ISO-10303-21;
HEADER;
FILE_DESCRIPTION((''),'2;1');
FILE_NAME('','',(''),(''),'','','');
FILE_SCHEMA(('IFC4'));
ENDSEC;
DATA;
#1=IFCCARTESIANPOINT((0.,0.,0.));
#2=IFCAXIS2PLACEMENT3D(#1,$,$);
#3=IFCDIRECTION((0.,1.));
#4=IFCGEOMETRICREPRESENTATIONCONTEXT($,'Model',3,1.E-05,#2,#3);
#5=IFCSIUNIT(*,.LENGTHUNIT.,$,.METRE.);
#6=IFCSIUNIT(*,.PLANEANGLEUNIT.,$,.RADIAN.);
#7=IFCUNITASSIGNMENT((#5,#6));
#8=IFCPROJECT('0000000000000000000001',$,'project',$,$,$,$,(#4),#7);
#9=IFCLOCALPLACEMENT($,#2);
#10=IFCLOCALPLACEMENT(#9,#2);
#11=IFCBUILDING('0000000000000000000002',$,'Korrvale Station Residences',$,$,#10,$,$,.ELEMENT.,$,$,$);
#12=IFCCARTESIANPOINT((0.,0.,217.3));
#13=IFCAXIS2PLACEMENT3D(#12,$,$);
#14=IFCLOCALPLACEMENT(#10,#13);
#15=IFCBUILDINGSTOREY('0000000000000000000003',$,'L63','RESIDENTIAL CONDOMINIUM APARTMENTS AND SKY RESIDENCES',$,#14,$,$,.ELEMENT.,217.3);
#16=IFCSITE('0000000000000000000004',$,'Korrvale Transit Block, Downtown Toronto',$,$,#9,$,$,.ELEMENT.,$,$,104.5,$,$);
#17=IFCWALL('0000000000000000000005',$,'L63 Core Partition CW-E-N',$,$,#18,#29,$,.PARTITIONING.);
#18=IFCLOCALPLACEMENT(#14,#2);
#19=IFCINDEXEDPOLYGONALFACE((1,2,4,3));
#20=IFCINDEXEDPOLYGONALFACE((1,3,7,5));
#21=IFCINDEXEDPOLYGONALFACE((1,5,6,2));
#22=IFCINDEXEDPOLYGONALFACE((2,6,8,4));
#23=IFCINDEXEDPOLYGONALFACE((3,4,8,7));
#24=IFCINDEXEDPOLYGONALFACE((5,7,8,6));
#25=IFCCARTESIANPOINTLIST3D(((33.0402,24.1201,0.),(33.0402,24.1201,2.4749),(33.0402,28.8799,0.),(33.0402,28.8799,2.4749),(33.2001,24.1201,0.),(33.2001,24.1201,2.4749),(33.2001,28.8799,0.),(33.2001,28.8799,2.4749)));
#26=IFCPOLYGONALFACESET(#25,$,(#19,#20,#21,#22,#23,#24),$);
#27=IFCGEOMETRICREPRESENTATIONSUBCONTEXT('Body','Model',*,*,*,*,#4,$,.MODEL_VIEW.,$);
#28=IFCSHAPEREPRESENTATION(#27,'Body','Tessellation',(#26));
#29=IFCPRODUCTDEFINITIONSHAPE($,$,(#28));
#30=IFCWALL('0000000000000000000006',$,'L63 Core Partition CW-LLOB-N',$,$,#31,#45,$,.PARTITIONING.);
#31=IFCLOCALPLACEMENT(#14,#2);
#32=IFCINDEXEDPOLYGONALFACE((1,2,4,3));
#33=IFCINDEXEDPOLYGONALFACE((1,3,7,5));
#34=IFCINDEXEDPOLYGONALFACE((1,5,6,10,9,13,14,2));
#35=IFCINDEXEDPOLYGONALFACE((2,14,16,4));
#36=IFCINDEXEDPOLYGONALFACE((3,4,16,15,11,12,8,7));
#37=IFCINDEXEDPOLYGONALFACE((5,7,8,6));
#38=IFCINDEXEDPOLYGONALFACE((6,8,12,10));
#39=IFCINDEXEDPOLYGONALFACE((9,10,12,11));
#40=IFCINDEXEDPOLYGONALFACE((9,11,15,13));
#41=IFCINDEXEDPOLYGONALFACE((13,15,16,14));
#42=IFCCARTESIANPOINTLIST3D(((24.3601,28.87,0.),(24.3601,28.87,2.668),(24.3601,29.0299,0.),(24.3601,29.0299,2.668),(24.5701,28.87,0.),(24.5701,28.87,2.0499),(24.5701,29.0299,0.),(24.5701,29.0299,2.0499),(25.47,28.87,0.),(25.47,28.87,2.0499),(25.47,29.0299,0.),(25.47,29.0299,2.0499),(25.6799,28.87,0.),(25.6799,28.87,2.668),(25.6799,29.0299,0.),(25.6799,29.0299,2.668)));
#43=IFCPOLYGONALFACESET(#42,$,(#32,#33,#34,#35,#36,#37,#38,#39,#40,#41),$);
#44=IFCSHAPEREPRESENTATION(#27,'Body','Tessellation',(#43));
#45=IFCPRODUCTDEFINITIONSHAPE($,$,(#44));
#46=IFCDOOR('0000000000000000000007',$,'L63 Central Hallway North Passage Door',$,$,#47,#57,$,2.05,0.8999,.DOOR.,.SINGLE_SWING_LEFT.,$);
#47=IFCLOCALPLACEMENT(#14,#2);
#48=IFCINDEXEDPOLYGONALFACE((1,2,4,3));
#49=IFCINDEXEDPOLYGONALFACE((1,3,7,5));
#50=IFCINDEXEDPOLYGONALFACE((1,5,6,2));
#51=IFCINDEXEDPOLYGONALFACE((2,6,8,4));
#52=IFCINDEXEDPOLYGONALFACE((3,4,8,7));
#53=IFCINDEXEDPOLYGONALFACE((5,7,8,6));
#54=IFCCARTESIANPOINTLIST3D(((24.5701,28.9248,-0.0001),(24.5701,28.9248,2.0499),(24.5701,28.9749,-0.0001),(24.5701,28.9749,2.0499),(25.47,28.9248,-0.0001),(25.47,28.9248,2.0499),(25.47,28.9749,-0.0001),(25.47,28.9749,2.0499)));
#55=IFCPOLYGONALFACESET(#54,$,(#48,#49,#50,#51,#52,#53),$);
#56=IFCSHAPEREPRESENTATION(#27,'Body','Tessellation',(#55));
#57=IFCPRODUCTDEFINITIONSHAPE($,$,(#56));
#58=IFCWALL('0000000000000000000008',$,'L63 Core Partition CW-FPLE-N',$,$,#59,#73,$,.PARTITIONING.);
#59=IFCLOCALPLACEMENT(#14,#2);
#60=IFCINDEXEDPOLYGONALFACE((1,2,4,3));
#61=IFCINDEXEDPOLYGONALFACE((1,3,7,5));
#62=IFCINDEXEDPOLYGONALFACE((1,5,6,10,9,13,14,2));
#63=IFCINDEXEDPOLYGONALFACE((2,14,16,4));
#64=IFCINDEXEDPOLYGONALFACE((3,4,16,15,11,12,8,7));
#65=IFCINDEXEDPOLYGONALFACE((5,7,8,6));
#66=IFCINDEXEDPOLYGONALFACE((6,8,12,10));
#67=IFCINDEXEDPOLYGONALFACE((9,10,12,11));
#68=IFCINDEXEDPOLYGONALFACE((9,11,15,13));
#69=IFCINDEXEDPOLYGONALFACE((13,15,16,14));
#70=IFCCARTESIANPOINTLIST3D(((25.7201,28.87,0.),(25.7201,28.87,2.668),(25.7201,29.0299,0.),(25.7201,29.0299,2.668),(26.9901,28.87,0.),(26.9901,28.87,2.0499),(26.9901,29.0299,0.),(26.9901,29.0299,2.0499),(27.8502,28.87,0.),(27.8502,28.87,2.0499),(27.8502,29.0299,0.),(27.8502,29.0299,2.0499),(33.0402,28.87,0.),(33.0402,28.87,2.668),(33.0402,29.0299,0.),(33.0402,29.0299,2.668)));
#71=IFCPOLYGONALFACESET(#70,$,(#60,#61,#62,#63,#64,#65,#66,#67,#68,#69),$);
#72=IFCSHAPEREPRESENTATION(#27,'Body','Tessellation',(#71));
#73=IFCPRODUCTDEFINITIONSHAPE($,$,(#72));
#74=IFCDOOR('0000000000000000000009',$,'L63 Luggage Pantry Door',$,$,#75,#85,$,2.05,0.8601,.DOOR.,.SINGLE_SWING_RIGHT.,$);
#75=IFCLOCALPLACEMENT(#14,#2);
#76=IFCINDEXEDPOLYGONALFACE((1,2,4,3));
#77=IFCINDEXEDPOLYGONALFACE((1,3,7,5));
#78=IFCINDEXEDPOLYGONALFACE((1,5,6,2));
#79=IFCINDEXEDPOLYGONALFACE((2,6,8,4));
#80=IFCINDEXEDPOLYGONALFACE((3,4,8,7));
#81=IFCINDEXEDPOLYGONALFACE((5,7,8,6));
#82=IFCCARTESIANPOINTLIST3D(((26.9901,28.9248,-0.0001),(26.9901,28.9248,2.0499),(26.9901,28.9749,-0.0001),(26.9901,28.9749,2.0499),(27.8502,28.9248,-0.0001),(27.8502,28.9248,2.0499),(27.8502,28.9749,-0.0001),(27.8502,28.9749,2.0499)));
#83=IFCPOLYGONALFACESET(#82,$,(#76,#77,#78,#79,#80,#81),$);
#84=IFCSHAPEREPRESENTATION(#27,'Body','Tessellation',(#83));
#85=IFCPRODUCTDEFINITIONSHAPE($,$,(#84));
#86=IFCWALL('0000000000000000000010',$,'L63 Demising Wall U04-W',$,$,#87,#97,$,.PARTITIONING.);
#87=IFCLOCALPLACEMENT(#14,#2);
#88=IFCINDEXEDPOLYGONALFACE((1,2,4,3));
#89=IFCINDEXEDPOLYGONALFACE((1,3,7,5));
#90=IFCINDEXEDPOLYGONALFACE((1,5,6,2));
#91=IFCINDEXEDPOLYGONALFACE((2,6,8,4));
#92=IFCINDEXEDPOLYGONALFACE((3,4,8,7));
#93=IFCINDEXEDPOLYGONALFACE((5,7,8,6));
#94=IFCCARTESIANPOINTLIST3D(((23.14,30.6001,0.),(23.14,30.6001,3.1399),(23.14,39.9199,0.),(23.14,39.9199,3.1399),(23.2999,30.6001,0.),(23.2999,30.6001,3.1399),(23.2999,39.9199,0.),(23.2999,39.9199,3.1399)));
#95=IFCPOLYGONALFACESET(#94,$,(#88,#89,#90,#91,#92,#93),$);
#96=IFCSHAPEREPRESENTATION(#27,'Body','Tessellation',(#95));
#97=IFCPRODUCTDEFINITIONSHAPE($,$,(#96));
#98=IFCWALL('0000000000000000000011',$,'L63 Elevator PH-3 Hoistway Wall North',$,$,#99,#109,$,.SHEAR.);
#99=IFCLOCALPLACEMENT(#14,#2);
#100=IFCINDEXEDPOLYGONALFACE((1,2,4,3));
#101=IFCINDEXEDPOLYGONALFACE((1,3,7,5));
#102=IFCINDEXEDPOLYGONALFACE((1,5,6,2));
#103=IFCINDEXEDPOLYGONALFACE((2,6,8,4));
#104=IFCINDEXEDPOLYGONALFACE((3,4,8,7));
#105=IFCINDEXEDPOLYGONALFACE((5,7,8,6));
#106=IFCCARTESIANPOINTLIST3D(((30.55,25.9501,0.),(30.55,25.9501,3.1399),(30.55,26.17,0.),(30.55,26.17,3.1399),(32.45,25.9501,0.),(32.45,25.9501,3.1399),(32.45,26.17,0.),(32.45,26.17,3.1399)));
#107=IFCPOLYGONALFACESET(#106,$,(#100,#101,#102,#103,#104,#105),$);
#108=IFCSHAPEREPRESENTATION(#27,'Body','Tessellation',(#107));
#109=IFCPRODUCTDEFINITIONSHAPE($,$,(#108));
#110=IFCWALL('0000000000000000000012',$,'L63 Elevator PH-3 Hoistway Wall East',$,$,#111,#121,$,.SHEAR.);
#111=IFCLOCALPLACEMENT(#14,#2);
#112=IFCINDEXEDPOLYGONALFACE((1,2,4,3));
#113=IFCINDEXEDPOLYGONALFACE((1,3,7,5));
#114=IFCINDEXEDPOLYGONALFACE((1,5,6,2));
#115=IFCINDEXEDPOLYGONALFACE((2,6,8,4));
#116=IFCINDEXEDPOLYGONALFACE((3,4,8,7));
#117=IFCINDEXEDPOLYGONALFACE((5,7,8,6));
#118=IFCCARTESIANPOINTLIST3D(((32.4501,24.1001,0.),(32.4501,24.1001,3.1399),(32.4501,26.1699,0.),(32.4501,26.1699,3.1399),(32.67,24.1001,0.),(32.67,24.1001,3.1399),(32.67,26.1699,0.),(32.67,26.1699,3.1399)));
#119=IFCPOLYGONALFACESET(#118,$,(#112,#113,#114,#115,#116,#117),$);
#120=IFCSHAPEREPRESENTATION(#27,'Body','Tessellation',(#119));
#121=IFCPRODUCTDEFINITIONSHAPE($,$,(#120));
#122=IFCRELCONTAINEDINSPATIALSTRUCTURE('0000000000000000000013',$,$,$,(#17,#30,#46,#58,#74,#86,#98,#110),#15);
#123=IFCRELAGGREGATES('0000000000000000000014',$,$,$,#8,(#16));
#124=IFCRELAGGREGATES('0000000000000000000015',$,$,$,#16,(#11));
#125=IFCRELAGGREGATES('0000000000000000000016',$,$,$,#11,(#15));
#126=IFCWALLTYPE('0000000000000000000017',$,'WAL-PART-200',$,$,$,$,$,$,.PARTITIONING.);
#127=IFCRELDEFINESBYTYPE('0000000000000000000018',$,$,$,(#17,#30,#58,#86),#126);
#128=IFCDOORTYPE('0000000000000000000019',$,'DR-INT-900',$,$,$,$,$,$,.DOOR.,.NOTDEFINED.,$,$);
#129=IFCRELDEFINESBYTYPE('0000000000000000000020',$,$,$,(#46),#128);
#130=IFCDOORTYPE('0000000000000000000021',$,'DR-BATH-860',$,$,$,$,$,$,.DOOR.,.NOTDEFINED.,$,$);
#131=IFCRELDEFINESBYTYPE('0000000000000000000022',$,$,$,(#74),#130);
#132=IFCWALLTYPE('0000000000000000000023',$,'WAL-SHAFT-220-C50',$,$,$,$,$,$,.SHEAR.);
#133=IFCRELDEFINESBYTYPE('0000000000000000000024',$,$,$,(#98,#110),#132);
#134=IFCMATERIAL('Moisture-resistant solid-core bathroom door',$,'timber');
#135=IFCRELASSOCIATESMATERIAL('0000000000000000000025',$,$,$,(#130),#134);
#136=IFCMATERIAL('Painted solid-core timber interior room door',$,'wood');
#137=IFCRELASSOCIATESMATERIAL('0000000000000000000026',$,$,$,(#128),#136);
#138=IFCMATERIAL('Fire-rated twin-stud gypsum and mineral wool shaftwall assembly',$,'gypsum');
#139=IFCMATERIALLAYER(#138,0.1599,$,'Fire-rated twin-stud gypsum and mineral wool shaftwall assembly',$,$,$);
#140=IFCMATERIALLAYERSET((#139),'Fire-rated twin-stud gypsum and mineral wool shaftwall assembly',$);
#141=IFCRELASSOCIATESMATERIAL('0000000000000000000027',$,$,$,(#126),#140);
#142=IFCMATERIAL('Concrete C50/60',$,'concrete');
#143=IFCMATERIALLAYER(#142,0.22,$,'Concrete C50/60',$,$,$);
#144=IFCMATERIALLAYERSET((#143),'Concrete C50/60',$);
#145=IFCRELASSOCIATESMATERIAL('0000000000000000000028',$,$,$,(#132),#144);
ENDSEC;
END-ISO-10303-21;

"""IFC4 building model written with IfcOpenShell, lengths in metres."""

from ifc_helpers import new_model, si_unit, direction, frame, frame_2d, origin, place, context, subcontext, project, spatial, rectangle, extrude, material, layer, layer_set, type_object, element, fill, save


model = new_model("IFC4")

# Units and contexts
model_context = context("Model", 3, precision=1e-05, world=origin(), true_north=direction((0.0, 1.0)))
body_context = subcontext(model_context, "Body", "Model", "MODEL_VIEW")
ifc_project = project(units=[si_unit("LENGTHUNIT", "METRE"), si_unit("PLANEANGLEUNIT", "RADIAN")], contexts=[model_context])

# Site, building, storey
site_placement = place(None, origin())
site = spatial("IfcSite", under=ifc_project, at=site_placement, Name="Korrvale Transit Block, Downtown Toronto", CompositionType="ELEMENT", RefElevation=104.5)
building_placement = place(site_placement, origin())
building = spatial("IfcBuilding", under=site, at=building_placement, Name="Korrvale Station Residences", CompositionType="ELEMENT")
storey_placement = place(building_placement, frame((0.0, 0.0, 217.3)))
storey = spatial("IfcBuildingStorey", under=building, at=storey_placement, Name="L63", Description="RESIDENTIAL CONDOMINIUM APARTMENTS AND SKY RESIDENCES", CompositionType="ELEMENT", Elevation=217.3)

# Shared definitions
ifc_material_1 = material(Name="Concrete C50/60", Category="concrete")

# Shared definitions
ifc_material_2 = material(Name="Moisture-resistant solid-core bathroom door", Category="timber")
door_type_1 = type_object("IfcDoorType", Name="DR-BATH-860", OperationType="NOTDEFINED", PredefinedType="DOOR", material=ifc_material_2)

# Shared definitions
ifc_material_3 = material(Name="Painted solid-core timber interior room door", Category="wood")
door_type_2 = type_object("IfcDoorType", Name="DR-INT-900", OperationType="NOTDEFINED", PredefinedType="DOOR", material=ifc_material_3)

# Wall
ifc_material_4 = material(Name="Fire-rated twin-stud gypsum and mineral wool shaftwall assembly", Category="gypsum")
ifc_layer_1 = layer(ifc_material_4, 0.1599, Name="Fire-rated twin-stud gypsum and mineral wool shaftwall assembly")
ifc_layer_set_1 = layer_set([ifc_layer_1], Name="Fire-rated twin-stud gypsum and mineral wool shaftwall assembly")
wall_type_1 = type_object("IfcWallType", Name="WAL-PART-200", PredefinedType="PARTITIONING", material=ifc_layer_set_1)
wall_1_placement = place(storey_placement, frame((33.1201, 24.1201, 0.0), z_axis=(0.0, 0.0, 1.0), x_axis=(0.0, 1.0, 0.0)))
element("IfcWall", 1, at=wall_1_placement, inside=storey, type_object=wall_type_1, Name="L63 Core Partition CW-E-N", PredefinedType="PARTITIONING", context=body_context, shape_type="SweptSolid", body=[
    extrude(rectangle(XDim=4.7598, YDim=0.1599, at=frame_2d((2.3799, 0.0))), origin(), (0.0, 0.0, 1.0), 2.4749),
])

# Walls, openings, doors
wall_2_placement = place(storey_placement, frame((24.3601, 28.95, 0.0), z_axis=(0.0, 0.0, 1.0), x_axis=(1.0, 0.0, 0.0)))
wall_2 = element("IfcWall", 2, at=wall_2_placement, inside=storey, type_object=wall_type_1, Name="L63 Core Partition CW-LLOB-N", PredefinedType="PARTITIONING", context=body_context, shape_type="SweptSolid", body=[
    extrude(rectangle(XDim=1.3198, YDim=0.1599, at=frame_2d((0.6599, 0.0))), origin(), (0.0, 0.0, 1.0), 2.668),
])
opening_1_placement = place(wall_2_placement, frame((0.21, 0.0, 0.0)))
opening_1 = element("IfcOpeningElement", 3, at=opening_1_placement, cuts=wall_2, PredefinedType="OPENING", context=body_context, shape_type="SweptSolid", body=[
    extrude(rectangle(XDim=0.8999, YDim=2.05, at=frame_2d((0.45, 1.0249))), frame((0.0, 0.0898, 0.0), z_axis=(0.0, -1.0, 0.0), x_axis=(1.0, 0.0, 0.0)), (0.0, 0.0, 1.0), 0.1799),
])
door_1_placement = place(opening_1_placement, origin())
door_1 = element("IfcDoor", 4, at=door_1_placement, inside=storey, type_object=door_type_2, Name="L63 Central Hallway North Passage Door", OperationType="SINGLE_SWING_LEFT", OverallHeight=2.05, OverallWidth=0.8999, PredefinedType="DOOR", context=body_context, shape_type="SweptSolid", body=[
    extrude(rectangle(XDim=0.8999, YDim=2.05, at=frame_2d((0.45, 1.0249))), frame((0.0, 0.0249, 0.0), z_axis=(0.0, -1.0, 0.0), x_axis=(1.0, 0.0, 0.0)), (0.0, 0.0, 1.0), 0.05),
])
fill(opening_1, door_1)
wall_3_placement = place(storey_placement, frame((25.72, 28.95, 0.0), z_axis=(0.0, 0.0, 1.0), x_axis=(1.0, 0.0, 0.0)))
wall_3 = element("IfcWall", 5, at=wall_3_placement, inside=storey, type_object=wall_type_1, Name="L63 Core Partition CW-FPLE-N", PredefinedType="PARTITIONING", context=body_context, shape_type="SweptSolid", body=[
    extrude(rectangle(XDim=7.3201, YDim=0.1599, at=frame_2d((3.6602, 0.0))), origin(), (0.0, 0.0, 1.0), 2.668),
])
opening_2_placement = place(wall_3_placement, frame((1.27, 0.0, 0.0)))
opening_2 = element("IfcOpeningElement", 6, at=opening_2_placement, cuts=wall_3, PredefinedType="OPENING", context=body_context, shape_type="SweptSolid", body=[
    extrude(rectangle(XDim=0.8601, YDim=2.05, at=frame_2d((0.4302, 1.0249))), frame((0.0, 0.0898, 0.0), z_axis=(0.0, -1.0, 0.0), x_axis=(1.0, 0.0, 0.0)), (0.0, 0.0, 1.0), 0.1799),
])
door_2_placement = place(opening_2_placement, origin())
door_2 = element("IfcDoor", 7, at=door_2_placement, inside=storey, type_object=door_type_1, Name="L63 Luggage Pantry Door", OperationType="SINGLE_SWING_RIGHT", OverallHeight=2.05, OverallWidth=0.8601, PredefinedType="DOOR", context=body_context, shape_type="SweptSolid", body=[
    extrude(rectangle(XDim=0.8601, YDim=2.05, at=frame_2d((0.4302, 1.0249))), frame((0.0, 0.0249, 0.0), z_axis=(0.0, -1.0, 0.0), x_axis=(1.0, 0.0, 0.0)), (0.0, 0.0, 1.0), 0.05),
])
fill(opening_2, door_2)

# Walls
wall_4_placement = place(storey_placement, frame((23.22, 30.6001, 0.0), z_axis=(0.0, 0.0, 1.0), x_axis=(0.0, 1.0, 0.0)))
element("IfcWall", 8, at=wall_4_placement, inside=storey, type_object=wall_type_1, Name="L63 Demising Wall U04-W", PredefinedType="PARTITIONING", context=body_context, shape_type="SweptSolid", body=[
    extrude(rectangle(XDim=9.3198, YDim=0.1599, at=frame_2d((4.6599, 0.0))), origin(), (0.0, 0.0, 1.0), 3.1399),
])
ifc_layer_2 = layer(ifc_material_1, 0.22, Name="Concrete C50/60")
ifc_layer_set_2 = layer_set([ifc_layer_2], Name="Concrete C50/60")
wall_type_2 = type_object("IfcWallType", Name="WAL-SHAFT-220-C50", PredefinedType="SHEAR", material=ifc_layer_set_2)
wall_5_placement = place(storey_placement, frame((30.55, 26.0601, 0.0), z_axis=(0.0, 0.0, 1.0), x_axis=(1.0, 0.0, 0.0)))
element("IfcWall", 9, at=wall_5_placement, inside=storey, type_object=wall_type_2, Name="L63 Elevator PH-3 Hoistway Wall North", PredefinedType="SHEAR", context=body_context, shape_type="SweptSolid", body=[
    extrude(rectangle(XDim=1.8999, YDim=0.22, at=frame_2d((0.95, 0.0))), origin(), (0.0, 0.0, 1.0), 3.1399),
])

# Wall
wall_6_placement = place(storey_placement, frame((32.5601, 24.1001, 0.0), z_axis=(0.0, 0.0, 1.0), x_axis=(0.0, 1.0, 0.0)))
element("IfcWall", 10, at=wall_6_placement, inside=storey, type_object=wall_type_2, Name="L63 Elevator PH-3 Hoistway Wall East", PredefinedType="SHEAR", context=body_context, shape_type="SweptSolid", body=[
    extrude(rectangle(XDim=2.0698, YDim=0.22, at=frame_2d((1.0349, 0.0))), origin(), (0.0, 0.0, 1.0), 3.1399),
])

save(model, "model.ifc")
